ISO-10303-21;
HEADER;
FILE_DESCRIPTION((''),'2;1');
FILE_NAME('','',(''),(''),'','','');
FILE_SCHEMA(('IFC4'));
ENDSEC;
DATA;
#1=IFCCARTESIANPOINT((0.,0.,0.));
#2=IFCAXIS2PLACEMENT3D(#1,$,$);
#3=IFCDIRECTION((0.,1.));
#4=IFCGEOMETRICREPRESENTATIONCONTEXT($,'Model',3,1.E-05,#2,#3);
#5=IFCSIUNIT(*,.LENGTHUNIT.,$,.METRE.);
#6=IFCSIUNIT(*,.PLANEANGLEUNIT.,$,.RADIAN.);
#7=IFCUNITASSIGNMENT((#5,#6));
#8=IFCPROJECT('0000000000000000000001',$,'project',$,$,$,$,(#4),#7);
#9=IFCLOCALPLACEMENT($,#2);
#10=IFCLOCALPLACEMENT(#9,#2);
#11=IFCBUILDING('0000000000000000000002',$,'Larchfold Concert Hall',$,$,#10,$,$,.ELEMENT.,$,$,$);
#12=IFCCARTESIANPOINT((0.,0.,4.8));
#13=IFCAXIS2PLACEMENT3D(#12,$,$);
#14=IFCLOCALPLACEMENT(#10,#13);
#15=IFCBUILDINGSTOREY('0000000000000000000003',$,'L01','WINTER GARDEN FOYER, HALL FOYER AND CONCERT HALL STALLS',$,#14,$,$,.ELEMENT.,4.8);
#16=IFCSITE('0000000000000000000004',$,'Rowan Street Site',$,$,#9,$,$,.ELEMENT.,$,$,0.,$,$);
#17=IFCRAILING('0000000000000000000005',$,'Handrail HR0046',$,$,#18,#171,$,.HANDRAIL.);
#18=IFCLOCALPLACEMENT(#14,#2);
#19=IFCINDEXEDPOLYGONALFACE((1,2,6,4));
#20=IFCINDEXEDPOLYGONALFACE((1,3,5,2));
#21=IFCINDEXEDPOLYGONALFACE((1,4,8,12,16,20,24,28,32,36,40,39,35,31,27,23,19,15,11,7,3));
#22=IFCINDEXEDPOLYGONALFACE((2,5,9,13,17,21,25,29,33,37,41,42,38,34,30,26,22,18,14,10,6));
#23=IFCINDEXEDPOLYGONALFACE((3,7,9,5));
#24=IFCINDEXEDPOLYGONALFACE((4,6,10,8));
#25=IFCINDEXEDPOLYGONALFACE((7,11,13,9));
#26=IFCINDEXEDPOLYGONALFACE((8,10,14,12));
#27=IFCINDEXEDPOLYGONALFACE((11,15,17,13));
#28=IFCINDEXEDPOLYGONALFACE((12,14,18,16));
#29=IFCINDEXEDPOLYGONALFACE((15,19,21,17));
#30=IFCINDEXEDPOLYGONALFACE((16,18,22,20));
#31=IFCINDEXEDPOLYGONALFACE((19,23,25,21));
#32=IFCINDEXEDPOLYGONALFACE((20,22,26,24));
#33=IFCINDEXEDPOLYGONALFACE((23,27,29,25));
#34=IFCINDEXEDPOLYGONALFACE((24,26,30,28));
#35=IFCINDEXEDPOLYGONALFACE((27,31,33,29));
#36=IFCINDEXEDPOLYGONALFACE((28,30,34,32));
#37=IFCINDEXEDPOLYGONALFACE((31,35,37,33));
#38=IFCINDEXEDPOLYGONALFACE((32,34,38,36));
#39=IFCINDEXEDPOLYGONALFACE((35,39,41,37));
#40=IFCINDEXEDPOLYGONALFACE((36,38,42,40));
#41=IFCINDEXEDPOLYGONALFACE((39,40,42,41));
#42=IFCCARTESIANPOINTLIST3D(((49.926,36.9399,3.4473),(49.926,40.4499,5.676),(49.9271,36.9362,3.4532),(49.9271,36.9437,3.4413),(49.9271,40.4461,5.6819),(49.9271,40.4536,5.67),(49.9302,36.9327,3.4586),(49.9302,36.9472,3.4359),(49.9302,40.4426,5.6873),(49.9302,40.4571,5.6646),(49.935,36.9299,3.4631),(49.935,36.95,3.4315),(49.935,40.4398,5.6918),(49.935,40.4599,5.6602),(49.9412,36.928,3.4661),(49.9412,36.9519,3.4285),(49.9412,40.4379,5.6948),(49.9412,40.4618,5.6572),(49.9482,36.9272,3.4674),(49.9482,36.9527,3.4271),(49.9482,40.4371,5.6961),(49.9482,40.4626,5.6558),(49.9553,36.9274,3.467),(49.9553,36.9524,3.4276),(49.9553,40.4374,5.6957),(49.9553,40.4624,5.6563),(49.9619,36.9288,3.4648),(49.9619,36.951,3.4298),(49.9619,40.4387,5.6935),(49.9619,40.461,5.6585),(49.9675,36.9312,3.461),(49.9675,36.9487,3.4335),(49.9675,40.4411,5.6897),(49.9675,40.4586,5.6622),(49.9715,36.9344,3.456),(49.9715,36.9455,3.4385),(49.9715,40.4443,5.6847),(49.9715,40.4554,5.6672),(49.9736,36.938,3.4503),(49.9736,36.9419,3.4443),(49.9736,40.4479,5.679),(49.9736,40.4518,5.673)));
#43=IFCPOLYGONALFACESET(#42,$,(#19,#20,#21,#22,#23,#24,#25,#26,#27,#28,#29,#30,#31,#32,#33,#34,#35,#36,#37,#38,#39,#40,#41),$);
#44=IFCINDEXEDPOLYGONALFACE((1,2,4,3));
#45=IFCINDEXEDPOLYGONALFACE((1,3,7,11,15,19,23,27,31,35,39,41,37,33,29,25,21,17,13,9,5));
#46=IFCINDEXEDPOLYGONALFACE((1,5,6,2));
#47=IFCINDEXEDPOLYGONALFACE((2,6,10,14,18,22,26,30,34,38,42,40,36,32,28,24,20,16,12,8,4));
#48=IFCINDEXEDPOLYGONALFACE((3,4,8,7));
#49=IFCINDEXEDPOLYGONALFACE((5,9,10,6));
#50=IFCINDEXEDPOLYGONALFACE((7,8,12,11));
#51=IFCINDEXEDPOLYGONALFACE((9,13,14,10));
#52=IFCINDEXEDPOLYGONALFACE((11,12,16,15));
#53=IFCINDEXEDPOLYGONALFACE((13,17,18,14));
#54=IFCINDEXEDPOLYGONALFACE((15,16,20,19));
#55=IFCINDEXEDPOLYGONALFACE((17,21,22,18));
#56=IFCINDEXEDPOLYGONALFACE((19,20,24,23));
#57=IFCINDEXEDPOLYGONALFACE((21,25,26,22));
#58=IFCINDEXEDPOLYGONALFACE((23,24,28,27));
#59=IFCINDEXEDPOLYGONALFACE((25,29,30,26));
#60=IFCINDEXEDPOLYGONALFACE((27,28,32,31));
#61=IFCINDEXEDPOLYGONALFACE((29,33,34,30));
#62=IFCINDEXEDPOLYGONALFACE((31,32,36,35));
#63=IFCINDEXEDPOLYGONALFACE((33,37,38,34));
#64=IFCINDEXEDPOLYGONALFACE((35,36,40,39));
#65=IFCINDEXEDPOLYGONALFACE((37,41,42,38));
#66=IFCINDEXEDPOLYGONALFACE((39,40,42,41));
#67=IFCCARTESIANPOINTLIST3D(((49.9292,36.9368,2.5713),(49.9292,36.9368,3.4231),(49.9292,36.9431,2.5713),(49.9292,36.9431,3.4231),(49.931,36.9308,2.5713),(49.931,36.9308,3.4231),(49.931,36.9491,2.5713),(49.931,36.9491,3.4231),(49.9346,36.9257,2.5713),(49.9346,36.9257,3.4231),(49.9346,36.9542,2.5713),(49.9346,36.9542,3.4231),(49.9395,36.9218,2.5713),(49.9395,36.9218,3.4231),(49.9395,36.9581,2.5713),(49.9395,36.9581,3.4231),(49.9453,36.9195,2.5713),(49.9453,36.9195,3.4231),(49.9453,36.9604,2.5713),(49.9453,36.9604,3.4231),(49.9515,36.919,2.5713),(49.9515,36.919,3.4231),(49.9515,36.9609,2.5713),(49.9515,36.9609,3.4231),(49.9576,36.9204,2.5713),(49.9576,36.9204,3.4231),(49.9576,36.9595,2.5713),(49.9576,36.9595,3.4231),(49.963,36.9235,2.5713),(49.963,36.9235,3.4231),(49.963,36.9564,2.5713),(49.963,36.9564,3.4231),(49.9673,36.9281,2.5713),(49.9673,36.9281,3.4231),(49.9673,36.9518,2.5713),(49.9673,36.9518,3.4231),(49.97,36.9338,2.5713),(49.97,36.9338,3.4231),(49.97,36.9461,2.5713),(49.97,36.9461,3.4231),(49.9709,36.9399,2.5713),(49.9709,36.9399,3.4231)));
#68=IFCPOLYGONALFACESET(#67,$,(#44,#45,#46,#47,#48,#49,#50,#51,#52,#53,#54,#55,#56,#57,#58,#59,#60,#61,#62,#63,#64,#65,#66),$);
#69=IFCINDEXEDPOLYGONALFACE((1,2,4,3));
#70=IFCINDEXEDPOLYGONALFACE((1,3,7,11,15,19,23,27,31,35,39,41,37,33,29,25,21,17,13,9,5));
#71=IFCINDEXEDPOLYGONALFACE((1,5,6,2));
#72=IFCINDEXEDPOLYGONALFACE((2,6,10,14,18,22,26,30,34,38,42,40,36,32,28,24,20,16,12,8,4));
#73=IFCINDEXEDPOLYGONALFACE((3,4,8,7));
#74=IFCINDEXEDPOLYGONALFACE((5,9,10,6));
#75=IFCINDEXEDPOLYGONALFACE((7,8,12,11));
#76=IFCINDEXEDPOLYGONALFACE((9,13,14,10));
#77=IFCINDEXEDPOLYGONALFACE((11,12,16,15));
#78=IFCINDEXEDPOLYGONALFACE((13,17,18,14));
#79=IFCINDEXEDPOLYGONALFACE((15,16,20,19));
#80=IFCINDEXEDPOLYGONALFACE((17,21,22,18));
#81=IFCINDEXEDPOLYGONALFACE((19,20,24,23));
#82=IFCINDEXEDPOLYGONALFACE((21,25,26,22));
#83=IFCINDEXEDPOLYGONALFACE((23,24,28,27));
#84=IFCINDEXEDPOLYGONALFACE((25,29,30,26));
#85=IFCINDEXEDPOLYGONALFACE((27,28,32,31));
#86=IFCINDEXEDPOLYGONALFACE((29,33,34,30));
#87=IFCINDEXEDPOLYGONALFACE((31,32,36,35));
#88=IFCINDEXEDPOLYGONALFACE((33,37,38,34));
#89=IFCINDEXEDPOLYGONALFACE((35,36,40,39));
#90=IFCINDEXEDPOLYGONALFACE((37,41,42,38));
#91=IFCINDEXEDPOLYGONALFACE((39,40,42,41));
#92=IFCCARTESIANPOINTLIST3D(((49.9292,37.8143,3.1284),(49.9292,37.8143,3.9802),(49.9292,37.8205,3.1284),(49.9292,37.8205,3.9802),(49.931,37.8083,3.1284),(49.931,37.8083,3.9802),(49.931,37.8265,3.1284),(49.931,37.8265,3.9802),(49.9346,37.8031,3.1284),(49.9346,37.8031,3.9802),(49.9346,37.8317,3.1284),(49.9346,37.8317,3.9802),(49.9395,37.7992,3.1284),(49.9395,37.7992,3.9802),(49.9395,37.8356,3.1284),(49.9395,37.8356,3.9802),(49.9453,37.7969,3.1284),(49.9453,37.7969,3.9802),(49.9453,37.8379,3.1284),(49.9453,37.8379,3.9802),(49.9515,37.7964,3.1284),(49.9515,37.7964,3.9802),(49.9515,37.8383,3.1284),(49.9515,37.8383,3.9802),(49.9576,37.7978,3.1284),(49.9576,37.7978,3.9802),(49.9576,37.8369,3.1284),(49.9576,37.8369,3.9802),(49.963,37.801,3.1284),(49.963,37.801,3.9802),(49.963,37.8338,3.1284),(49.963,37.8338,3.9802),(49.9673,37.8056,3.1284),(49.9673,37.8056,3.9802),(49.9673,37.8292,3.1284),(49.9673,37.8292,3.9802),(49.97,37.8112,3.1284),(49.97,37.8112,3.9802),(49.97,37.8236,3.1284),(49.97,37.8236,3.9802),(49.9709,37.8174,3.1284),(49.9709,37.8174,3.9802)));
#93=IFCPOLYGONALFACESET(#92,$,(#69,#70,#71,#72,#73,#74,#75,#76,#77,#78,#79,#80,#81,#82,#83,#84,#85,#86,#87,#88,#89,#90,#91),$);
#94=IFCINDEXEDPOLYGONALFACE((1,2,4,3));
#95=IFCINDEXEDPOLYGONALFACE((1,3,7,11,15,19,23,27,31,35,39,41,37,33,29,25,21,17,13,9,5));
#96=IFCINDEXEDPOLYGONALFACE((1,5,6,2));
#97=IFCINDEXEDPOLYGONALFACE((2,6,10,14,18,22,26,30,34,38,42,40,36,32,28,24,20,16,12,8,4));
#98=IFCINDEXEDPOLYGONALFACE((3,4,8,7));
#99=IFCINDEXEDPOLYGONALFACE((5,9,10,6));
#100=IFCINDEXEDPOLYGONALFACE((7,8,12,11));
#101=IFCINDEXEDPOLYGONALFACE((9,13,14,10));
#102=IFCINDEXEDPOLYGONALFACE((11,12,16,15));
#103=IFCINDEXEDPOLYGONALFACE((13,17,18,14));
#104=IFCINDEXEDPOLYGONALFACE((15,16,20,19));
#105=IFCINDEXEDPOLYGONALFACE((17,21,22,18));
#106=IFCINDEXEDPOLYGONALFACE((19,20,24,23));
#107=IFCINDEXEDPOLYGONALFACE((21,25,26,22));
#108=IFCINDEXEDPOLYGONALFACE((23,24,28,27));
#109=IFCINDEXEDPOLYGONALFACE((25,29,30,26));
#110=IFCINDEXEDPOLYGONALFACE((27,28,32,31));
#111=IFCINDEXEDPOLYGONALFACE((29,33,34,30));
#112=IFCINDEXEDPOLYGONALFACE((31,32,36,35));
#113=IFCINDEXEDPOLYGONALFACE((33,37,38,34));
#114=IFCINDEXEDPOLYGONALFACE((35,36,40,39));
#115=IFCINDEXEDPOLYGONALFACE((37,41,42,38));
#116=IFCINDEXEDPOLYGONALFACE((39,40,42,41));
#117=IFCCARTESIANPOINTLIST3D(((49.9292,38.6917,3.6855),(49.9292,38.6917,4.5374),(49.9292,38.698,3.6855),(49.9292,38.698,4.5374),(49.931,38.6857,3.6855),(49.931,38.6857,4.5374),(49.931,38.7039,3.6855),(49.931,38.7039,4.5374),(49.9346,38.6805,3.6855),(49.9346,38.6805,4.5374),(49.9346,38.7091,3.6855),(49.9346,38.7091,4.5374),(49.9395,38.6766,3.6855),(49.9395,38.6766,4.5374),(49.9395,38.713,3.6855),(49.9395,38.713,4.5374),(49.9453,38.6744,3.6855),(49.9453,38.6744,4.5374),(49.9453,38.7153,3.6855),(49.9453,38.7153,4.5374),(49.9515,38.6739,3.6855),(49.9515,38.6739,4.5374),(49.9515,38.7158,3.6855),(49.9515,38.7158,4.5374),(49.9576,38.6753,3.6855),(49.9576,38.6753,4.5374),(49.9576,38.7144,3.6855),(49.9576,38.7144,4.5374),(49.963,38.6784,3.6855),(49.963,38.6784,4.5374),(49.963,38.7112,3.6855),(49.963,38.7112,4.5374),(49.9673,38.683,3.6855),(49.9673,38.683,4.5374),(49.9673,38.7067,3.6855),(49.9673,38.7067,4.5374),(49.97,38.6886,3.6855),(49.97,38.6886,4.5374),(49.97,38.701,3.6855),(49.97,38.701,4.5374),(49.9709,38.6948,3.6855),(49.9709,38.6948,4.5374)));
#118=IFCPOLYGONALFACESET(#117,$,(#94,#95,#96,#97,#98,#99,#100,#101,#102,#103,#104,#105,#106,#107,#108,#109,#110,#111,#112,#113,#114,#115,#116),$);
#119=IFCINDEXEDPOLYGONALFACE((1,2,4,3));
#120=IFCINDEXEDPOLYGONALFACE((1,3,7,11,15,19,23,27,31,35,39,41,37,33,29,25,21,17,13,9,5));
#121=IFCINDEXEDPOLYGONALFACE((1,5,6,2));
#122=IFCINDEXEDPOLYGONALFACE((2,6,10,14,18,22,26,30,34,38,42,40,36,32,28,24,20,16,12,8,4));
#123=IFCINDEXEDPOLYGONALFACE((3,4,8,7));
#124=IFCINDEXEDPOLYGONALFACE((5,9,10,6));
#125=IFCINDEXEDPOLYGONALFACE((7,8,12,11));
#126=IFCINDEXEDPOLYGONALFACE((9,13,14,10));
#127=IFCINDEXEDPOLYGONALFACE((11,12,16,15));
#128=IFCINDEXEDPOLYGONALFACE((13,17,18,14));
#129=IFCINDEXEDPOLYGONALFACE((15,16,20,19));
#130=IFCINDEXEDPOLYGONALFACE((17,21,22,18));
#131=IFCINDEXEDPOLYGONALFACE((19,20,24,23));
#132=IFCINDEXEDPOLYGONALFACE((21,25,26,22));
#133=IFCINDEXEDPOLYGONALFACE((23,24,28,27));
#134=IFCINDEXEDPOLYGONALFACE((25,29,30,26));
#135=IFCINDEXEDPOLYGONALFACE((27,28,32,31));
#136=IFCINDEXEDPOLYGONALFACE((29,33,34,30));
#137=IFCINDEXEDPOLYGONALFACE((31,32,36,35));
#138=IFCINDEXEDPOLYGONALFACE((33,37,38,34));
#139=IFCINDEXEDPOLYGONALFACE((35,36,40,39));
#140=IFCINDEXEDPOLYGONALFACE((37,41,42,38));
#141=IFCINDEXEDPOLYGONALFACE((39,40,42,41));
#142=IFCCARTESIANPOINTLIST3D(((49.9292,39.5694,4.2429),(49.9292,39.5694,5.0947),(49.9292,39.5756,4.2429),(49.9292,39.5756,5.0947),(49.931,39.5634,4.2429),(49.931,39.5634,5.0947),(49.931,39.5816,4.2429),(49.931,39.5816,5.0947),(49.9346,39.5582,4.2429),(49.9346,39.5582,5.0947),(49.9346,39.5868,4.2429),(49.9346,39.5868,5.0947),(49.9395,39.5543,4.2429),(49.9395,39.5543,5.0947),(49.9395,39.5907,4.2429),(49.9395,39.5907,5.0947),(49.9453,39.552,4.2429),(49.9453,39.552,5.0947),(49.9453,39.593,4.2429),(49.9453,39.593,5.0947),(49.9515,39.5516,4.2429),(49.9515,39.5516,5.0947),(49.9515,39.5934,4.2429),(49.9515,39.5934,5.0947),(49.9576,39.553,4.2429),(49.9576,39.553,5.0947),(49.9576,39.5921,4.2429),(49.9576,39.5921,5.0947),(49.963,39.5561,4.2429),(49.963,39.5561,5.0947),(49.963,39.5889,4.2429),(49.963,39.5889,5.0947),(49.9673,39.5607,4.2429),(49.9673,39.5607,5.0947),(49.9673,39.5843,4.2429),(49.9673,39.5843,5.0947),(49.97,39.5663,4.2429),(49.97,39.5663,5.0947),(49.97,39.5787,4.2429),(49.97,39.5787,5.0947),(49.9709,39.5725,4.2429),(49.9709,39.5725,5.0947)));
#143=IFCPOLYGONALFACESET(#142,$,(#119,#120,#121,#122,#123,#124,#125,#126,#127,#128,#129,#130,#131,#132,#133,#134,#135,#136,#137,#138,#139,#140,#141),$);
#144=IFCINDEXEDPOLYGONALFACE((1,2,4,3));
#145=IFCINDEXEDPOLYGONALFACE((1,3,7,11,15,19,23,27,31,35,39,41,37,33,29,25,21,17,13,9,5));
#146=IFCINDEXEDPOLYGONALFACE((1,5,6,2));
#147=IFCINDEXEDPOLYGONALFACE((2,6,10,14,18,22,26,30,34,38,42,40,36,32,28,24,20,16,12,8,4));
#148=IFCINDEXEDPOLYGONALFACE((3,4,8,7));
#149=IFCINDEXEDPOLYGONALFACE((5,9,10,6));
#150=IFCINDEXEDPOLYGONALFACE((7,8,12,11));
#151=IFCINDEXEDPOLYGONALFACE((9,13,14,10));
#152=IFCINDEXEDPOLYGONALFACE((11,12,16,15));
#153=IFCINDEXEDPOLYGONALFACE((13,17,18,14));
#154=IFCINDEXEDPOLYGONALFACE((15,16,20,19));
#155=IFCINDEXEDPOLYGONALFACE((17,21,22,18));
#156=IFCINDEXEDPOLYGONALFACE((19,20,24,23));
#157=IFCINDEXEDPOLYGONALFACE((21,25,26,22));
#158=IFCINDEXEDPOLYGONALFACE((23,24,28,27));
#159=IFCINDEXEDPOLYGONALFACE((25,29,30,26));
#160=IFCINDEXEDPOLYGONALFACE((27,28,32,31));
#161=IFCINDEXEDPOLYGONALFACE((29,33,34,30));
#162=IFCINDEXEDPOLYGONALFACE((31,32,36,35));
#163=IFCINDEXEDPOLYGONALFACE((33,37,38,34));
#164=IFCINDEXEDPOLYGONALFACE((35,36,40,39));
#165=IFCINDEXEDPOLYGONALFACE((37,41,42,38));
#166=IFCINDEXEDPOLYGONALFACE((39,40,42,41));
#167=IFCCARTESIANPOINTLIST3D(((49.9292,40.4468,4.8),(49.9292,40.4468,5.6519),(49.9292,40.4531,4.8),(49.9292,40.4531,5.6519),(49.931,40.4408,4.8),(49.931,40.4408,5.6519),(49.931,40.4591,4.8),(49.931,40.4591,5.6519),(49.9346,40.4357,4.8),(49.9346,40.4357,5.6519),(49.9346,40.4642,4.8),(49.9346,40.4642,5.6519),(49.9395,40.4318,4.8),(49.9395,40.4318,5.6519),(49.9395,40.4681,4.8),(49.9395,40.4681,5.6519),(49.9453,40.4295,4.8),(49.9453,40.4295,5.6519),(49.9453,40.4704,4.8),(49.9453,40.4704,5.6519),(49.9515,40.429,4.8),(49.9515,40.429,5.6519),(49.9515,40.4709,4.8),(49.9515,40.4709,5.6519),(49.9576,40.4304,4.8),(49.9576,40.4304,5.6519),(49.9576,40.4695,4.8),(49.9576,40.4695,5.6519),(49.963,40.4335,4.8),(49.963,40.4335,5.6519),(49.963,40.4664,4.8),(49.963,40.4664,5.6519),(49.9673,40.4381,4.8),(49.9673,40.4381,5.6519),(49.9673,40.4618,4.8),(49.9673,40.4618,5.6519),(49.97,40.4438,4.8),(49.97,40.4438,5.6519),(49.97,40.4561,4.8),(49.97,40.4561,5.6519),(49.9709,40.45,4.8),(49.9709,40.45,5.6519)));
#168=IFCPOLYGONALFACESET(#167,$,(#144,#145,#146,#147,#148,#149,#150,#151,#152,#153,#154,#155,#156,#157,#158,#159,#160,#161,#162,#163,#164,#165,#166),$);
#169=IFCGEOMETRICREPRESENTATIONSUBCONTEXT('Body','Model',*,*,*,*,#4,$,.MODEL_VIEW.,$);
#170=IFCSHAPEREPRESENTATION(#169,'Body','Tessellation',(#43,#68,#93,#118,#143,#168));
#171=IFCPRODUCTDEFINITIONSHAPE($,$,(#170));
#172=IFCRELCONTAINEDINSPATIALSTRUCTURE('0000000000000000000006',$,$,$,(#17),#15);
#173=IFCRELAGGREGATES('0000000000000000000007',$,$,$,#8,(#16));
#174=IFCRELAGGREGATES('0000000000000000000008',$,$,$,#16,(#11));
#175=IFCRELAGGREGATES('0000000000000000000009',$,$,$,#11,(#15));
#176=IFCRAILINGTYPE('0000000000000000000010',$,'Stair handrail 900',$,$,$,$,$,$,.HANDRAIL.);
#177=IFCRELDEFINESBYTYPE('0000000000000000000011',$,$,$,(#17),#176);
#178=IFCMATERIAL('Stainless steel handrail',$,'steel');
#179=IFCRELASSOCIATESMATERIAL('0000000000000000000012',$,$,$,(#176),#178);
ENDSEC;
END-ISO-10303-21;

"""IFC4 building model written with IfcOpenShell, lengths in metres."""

from ifc_helpers import new_model, si_unit, direction, frame, origin, origin_2d, place, context, subcontext, project, spatial, circle, extrude, material, type_object, element, save


model = new_model("IFC4")

# Units and contexts
model_context = context("Model", 3, precision=1e-05, world=origin(), true_north=direction((0.0, 1.0)))
body_context = subcontext(model_context, "Body", "Model", "MODEL_VIEW")
ifc_project = project(units=[si_unit("LENGTHUNIT", "METRE"), si_unit("PLANEANGLEUNIT", "RADIAN")], contexts=[model_context])

# Site, building, storey
site_placement = place(None, origin())
site = spatial("IfcSite", under=ifc_project, at=site_placement, Name="Rowan Street Site", CompositionType="ELEMENT", RefElevation=0.0)
building_placement = place(site_placement, origin())
building = spatial("IfcBuilding", under=site, at=building_placement, Name="Larchfold Concert Hall", CompositionType="ELEMENT")
storey_placement = place(building_placement, frame((0.0, 0.0, 4.8)))
storey = spatial("IfcBuildingStorey", under=building, at=storey_placement, Name="L01", Description="WINTER GARDEN FOYER, HALL FOYER AND CONCERT HALL STALLS", CompositionType="ELEMENT", Elevation=4.8)

# Railing
ifc_material_1 = material(Name="Stainless steel handrail", Category="steel")
railing_type_1 = type_object("IfcRailingType", Name="Stair handrail 900", PredefinedType="HANDRAIL", material=ifc_material_1)
railing_1_placement = place(storey_placement, frame((49.95, 36.9399, 2.5713)))
element("IfcRailing", 1, at=railing_1_placement, inside=storey, type_object=railing_type_1, Name="Handrail HR0046", PredefinedType="HANDRAIL", context=body_context, shape_type="SweptSolid", body=[
    extrude(circle(Radius=0.0239, at=origin_2d()), frame((0.0, 0.0, 0.876), z_axis=(0.0, 0.844193, 0.536039), x_axis=(-1.0, 0.0, 0.0)), (0.0, 0.0, 1.0), 4.1577),
    extrude(circle(Radius=0.021, at=origin_2d()), origin(), (0.0, 0.0, 1.0), 0.8518),
    extrude(circle(Radius=0.021, at=origin_2d()), frame((0.0, 0.8774, 0.5571)), (0.0, 0.0, 1.0), 0.8518),
    extrude(circle(Radius=0.021, at=origin_2d()), frame((0.0, 1.7549, 1.1143)), (0.0, 0.0, 1.0), 0.8518),
    extrude(circle(Radius=0.021, at=origin_2d()), frame((0.0, 2.6326, 1.6716)), (0.0, 0.0, 1.0), 0.8518),
    extrude(circle(Radius=0.021, at=origin_2d()), frame((0.0, 3.51, 2.2288)), (0.0, 0.0, 1.0), 0.8518),
])

save(model, "model.ifc")
